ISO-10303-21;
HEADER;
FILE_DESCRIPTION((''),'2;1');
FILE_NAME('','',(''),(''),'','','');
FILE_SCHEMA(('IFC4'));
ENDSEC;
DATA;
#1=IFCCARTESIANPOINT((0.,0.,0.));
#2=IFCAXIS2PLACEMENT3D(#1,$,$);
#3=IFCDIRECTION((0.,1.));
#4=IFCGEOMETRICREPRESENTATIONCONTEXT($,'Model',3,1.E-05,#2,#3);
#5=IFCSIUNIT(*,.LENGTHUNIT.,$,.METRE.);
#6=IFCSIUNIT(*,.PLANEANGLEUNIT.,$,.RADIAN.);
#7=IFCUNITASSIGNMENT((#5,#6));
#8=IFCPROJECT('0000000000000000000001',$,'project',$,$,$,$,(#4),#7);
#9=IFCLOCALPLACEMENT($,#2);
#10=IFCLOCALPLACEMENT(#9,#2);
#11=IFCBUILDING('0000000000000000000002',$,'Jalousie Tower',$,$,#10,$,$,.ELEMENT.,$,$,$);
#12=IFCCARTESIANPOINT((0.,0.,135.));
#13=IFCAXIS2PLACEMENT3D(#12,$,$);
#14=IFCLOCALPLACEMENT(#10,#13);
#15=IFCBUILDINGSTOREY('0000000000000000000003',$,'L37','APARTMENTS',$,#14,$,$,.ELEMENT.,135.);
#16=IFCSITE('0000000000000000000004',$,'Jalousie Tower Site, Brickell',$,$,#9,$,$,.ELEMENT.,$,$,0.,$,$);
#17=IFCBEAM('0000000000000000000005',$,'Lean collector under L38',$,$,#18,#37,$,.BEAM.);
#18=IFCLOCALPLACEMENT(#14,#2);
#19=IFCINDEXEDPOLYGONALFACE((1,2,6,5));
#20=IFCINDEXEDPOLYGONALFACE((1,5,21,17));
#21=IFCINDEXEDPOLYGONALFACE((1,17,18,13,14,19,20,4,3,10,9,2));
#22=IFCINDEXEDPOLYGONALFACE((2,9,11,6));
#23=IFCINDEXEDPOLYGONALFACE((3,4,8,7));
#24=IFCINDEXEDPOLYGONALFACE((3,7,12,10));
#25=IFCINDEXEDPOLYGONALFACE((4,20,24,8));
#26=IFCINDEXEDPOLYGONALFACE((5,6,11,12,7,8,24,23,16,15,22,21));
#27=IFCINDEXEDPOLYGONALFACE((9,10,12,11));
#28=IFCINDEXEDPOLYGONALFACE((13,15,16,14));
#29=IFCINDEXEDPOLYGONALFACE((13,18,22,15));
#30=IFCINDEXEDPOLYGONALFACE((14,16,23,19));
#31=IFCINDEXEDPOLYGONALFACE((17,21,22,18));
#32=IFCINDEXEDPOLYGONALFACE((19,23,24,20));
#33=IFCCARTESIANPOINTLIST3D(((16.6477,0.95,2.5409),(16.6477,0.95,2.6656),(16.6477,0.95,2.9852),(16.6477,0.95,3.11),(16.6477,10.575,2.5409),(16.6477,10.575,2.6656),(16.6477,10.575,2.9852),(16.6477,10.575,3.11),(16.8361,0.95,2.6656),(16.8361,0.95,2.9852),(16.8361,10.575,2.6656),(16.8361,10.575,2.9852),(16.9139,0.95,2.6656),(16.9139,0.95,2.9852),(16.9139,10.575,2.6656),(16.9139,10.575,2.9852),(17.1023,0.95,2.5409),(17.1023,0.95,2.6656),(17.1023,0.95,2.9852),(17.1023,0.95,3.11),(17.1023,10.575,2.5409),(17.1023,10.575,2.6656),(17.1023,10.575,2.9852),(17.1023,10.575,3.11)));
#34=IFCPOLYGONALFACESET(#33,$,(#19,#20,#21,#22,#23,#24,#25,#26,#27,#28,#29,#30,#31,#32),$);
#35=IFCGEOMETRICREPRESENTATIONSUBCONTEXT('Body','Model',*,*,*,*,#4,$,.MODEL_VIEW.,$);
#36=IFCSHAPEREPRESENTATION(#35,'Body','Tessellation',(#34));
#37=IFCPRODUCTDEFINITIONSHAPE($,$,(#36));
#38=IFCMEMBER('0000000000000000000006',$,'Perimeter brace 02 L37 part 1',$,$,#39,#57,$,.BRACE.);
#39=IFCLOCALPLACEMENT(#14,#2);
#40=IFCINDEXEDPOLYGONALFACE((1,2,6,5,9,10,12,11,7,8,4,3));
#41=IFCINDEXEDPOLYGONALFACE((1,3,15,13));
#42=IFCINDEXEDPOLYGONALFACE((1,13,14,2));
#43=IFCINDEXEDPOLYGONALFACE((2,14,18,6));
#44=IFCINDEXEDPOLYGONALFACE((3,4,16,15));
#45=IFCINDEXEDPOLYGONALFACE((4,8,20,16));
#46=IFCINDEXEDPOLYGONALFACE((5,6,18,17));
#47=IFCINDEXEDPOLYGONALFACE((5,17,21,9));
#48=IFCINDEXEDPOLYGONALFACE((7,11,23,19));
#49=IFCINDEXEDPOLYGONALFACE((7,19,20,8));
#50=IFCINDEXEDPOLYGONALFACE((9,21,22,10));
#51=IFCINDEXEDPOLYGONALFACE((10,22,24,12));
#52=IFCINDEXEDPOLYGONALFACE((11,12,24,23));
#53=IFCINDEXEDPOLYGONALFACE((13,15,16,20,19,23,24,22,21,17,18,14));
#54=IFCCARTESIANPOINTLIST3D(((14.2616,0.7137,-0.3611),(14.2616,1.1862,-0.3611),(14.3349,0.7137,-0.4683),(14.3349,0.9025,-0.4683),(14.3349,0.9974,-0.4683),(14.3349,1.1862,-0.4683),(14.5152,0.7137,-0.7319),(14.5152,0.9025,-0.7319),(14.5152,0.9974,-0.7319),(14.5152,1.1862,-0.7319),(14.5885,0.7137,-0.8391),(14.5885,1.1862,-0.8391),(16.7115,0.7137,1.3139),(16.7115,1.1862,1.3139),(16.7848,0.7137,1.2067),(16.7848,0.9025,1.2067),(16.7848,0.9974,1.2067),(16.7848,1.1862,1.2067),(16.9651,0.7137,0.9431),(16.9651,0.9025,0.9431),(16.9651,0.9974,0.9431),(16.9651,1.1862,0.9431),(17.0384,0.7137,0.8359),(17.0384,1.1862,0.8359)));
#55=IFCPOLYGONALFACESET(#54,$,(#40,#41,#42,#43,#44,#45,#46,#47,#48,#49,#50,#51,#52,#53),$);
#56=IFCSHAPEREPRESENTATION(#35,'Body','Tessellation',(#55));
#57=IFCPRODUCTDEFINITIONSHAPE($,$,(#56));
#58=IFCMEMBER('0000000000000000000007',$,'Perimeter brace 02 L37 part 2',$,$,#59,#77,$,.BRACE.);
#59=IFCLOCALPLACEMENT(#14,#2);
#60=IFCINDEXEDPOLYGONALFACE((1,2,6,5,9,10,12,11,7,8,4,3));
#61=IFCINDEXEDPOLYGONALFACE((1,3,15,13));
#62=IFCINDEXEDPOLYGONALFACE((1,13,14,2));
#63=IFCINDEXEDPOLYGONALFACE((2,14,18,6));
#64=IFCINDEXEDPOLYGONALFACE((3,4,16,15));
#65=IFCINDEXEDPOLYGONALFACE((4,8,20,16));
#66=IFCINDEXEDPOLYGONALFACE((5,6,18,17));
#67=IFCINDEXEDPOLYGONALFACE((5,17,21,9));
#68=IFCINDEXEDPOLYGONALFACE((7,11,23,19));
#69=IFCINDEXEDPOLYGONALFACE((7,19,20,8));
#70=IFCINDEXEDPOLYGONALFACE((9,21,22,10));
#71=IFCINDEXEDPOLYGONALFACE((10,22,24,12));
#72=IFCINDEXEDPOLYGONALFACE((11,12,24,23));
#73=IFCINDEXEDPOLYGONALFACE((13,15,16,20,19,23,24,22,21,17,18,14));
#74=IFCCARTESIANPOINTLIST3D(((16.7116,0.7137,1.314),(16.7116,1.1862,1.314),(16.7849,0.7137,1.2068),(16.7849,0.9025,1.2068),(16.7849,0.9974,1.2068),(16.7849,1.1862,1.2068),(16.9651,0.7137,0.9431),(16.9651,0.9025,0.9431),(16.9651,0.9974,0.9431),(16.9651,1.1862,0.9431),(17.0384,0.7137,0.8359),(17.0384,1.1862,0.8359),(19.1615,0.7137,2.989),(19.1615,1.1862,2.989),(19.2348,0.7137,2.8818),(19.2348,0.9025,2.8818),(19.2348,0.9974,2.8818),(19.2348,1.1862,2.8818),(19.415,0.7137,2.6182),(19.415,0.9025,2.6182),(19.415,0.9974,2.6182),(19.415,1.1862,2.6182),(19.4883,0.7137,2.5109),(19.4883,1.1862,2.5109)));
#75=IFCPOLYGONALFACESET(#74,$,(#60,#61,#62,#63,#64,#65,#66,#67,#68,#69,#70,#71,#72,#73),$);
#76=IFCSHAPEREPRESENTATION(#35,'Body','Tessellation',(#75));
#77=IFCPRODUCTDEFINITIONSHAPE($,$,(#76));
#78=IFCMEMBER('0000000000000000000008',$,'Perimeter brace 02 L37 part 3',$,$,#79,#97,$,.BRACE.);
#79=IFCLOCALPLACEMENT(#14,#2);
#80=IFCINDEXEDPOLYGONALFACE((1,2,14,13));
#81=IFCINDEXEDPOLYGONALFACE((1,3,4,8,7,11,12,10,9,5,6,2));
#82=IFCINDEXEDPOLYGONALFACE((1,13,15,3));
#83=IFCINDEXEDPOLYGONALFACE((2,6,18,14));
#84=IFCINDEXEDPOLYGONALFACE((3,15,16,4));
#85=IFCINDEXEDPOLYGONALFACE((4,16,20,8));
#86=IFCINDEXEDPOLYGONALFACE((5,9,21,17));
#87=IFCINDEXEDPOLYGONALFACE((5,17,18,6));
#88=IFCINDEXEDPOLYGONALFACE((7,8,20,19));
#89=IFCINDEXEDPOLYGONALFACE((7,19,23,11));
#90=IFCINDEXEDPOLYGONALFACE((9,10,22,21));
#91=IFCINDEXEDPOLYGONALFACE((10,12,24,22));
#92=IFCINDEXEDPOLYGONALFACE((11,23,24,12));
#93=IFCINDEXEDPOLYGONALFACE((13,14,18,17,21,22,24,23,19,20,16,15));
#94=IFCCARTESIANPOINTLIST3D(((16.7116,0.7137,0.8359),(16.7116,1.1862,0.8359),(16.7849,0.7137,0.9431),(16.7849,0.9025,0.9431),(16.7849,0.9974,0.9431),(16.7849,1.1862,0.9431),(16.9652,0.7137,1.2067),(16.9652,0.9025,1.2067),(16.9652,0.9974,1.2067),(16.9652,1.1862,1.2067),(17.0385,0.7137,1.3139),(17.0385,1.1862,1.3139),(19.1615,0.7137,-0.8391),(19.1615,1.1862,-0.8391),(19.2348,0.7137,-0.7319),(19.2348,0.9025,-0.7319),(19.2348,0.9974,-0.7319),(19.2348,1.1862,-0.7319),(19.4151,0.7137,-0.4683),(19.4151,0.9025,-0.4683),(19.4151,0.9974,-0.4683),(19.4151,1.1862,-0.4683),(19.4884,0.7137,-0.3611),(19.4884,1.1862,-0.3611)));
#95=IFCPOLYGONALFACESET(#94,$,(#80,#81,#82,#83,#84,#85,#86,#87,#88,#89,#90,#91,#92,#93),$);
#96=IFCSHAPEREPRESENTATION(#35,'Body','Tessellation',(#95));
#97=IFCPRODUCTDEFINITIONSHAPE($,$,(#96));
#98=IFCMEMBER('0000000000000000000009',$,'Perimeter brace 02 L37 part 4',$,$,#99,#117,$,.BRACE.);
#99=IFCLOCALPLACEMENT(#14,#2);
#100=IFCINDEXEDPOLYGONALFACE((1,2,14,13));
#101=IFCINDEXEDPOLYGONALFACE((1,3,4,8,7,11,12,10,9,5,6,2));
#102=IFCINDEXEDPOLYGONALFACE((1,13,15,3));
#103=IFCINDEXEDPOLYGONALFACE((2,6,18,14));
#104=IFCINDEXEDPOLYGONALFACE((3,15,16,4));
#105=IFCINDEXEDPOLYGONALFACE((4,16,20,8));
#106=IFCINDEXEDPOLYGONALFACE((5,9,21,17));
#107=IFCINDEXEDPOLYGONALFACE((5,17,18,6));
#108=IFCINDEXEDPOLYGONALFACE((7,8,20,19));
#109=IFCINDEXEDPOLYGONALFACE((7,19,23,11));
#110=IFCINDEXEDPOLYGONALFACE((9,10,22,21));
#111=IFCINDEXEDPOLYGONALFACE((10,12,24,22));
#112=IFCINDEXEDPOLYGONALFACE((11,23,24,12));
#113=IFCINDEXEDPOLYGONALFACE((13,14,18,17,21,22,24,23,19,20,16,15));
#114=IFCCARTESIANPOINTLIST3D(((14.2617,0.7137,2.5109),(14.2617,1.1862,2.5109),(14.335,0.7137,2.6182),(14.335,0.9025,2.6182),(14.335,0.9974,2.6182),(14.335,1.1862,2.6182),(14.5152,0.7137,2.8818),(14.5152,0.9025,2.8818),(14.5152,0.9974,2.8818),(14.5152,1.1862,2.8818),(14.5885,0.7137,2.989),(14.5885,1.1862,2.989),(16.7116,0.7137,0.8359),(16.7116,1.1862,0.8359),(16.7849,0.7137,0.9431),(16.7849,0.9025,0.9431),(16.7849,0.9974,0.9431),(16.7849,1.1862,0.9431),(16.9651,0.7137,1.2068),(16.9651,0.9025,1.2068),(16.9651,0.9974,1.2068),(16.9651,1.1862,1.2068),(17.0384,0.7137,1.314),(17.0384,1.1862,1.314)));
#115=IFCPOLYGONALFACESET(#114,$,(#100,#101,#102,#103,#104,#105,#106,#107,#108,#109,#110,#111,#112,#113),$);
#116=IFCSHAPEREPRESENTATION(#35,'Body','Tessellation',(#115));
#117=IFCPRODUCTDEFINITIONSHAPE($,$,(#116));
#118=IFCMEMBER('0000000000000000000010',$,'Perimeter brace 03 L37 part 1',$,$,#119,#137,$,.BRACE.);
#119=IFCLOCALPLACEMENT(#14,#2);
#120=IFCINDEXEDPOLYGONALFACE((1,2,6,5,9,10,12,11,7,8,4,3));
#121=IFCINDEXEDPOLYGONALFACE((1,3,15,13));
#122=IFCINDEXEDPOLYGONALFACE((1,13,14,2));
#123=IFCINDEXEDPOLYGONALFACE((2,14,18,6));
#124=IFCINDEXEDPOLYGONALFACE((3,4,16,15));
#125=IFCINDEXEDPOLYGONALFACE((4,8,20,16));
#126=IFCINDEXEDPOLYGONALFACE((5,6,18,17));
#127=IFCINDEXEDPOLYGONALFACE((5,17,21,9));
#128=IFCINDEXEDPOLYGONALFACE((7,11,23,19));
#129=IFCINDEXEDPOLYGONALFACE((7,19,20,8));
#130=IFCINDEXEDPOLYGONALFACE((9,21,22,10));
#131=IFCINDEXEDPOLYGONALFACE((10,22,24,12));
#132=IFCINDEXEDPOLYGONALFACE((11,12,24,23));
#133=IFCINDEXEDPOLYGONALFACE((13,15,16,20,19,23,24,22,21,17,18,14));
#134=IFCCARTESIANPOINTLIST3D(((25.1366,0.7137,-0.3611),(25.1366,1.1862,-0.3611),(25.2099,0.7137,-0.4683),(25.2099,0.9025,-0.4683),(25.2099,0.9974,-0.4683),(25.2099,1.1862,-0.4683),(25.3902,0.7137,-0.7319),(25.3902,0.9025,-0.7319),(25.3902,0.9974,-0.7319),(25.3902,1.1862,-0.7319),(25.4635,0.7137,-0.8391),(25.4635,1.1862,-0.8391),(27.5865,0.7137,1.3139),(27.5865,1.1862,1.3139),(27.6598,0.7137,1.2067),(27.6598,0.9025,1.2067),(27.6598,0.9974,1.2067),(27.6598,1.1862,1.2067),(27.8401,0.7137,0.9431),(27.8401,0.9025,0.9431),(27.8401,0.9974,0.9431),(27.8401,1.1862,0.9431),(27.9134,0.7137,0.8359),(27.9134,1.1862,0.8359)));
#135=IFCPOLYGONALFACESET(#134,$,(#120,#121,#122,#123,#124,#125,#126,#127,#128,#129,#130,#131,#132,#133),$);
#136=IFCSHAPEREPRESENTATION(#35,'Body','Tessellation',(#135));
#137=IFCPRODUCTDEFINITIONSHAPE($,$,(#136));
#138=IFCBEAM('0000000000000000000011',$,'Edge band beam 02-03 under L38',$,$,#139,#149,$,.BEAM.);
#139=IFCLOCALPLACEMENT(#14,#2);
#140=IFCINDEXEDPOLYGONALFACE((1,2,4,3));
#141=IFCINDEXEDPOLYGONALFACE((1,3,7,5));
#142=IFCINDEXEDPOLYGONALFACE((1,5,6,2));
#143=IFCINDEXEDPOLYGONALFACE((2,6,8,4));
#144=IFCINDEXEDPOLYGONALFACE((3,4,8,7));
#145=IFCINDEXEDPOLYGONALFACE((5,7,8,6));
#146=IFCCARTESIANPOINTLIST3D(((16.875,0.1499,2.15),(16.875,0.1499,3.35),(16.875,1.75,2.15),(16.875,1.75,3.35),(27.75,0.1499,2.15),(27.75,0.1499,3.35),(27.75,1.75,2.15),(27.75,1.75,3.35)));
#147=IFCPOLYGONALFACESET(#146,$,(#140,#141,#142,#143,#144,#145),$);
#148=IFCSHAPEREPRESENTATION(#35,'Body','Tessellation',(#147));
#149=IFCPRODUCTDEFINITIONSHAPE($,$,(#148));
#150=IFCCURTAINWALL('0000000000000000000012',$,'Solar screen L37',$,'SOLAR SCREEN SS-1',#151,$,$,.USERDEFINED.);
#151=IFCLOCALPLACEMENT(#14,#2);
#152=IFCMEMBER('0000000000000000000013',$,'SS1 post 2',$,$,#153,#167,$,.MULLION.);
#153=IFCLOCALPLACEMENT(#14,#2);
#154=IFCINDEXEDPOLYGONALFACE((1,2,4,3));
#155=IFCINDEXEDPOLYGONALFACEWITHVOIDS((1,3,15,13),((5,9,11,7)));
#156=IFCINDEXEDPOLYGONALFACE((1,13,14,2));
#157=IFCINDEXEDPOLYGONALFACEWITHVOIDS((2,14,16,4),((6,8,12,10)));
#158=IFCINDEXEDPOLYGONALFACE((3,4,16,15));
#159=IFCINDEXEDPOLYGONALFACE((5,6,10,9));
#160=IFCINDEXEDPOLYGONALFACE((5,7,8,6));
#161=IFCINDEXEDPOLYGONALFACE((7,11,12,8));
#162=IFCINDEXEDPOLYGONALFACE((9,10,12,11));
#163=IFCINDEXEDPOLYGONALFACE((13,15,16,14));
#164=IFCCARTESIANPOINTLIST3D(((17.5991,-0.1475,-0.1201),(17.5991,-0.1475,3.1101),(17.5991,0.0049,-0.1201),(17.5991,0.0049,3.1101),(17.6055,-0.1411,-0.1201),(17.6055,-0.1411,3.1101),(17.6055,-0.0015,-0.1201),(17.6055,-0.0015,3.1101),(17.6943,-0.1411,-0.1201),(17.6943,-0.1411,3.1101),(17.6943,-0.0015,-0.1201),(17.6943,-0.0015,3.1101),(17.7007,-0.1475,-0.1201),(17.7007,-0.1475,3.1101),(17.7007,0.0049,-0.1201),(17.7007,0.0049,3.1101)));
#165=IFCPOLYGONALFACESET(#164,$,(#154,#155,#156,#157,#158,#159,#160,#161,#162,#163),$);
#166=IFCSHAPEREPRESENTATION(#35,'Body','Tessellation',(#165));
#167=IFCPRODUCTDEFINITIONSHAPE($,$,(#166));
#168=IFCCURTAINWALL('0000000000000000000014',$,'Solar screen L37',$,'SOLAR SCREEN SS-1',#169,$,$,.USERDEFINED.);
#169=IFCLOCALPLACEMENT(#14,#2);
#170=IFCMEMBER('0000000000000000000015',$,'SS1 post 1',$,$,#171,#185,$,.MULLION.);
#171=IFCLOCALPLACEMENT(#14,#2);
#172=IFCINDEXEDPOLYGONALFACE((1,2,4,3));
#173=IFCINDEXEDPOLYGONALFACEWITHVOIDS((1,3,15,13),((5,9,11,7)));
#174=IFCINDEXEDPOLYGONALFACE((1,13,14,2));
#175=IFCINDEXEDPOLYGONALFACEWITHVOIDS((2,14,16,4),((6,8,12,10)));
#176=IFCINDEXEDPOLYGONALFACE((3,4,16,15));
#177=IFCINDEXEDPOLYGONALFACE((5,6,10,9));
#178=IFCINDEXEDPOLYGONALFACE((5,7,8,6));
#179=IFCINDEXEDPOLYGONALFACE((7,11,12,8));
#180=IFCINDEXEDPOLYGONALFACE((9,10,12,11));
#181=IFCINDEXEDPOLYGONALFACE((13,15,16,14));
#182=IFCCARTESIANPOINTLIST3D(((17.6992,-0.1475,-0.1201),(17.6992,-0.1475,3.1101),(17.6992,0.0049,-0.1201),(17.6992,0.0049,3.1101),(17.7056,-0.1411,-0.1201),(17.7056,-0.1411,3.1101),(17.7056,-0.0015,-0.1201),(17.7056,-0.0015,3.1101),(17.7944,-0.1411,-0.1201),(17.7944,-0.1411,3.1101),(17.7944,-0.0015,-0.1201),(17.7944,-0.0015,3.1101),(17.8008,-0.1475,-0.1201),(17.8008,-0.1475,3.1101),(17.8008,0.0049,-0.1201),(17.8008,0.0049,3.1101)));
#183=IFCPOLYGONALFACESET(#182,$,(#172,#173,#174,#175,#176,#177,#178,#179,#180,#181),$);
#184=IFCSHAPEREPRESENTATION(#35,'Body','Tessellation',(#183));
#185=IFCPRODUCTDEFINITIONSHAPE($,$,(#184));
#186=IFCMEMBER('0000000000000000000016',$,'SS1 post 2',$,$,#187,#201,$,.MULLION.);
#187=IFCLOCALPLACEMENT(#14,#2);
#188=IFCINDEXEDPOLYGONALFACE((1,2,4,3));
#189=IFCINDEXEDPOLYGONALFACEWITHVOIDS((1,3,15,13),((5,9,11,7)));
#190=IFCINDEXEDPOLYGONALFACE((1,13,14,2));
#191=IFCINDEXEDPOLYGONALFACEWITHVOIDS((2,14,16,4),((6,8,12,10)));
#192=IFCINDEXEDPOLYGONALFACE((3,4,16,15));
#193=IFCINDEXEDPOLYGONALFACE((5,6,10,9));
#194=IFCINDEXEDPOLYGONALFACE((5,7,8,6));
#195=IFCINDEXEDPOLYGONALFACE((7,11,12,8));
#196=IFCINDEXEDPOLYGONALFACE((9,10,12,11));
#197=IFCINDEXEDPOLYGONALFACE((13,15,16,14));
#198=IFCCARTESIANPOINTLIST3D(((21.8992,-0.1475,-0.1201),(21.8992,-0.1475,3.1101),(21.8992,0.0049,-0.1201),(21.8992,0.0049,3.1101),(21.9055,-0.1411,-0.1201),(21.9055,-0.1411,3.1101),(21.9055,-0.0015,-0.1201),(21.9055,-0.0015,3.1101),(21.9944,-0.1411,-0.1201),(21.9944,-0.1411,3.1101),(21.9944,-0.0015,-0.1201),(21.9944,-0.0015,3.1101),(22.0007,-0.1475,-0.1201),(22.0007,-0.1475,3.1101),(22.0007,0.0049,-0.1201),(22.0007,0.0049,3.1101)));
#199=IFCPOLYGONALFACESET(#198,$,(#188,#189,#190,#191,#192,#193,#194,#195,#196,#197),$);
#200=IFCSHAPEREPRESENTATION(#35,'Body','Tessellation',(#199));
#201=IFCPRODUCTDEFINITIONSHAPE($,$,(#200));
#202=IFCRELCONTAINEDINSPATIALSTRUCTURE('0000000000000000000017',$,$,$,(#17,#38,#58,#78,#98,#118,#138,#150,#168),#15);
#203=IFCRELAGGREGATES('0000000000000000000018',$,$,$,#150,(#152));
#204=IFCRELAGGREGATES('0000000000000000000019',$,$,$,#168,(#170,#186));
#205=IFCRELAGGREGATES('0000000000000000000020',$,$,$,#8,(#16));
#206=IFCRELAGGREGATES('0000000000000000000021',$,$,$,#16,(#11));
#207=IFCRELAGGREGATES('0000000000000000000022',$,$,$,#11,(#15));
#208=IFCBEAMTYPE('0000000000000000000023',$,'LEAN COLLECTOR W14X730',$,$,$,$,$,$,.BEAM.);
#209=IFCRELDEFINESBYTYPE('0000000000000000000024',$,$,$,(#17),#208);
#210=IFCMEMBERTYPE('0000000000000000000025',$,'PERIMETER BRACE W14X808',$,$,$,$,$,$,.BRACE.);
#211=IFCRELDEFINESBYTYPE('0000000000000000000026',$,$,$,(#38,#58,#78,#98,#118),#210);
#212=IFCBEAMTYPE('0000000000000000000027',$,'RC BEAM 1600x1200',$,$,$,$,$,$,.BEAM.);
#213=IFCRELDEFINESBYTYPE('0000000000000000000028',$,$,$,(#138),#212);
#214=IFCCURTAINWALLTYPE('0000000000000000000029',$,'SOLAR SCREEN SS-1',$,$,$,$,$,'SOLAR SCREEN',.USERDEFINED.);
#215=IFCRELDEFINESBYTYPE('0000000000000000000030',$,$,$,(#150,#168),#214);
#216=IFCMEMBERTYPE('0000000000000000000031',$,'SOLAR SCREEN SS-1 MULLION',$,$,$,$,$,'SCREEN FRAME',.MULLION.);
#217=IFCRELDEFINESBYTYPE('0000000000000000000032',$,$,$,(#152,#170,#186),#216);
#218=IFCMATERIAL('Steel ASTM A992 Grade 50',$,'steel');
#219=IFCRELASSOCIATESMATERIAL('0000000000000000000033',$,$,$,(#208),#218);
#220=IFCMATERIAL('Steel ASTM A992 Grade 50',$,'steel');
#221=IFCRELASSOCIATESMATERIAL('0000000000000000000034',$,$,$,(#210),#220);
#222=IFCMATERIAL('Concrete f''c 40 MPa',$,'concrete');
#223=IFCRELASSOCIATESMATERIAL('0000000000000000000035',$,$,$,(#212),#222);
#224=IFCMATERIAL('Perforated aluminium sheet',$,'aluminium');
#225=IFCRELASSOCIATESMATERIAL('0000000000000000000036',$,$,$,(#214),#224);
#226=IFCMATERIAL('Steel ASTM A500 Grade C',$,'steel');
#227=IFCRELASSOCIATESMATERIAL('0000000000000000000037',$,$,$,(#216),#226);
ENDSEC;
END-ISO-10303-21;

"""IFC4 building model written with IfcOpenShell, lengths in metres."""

from ifc_helpers import new_model, si_unit, direction, frame, origin, origin_2d, place, context, subcontext, project, spatial, rectangle, hollow_rectangle, i_section, extrude, material, material_profile, profile_set, type_object, element, aggregate, save


model = new_model("IFC4")

# Units and contexts
model_context = context("Model", 3, precision=1e-05, world=origin(), true_north=direction((0.0, 1.0)))
body_context = subcontext(model_context, "Body", "Model", "MODEL_VIEW")
ifc_project = project(units=[si_unit("LENGTHUNIT", "METRE"), si_unit("PLANEANGLEUNIT", "RADIAN")], contexts=[model_context])

# Site, building, storey
site_placement = place(None, origin())
site = spatial("IfcSite", under=ifc_project, at=site_placement, Name="Jalousie Tower Site, Brickell", CompositionType="ELEMENT", RefElevation=0.0)
building_placement = place(site_placement, origin())
building = spatial("IfcBuilding", under=site, at=building_placement, Name="Jalousie Tower", CompositionType="ELEMENT")
storey_placement = place(building_placement, frame((0.0, 0.0, 135.0)))
storey = spatial("IfcBuildingStorey", under=building, at=storey_placement, Name="L37", Description="APARTMENTS", CompositionType="ELEMENT", Elevation=135.0)

# Beam
ifc_material_1 = material(Name="Steel ASTM A992 Grade 50", Category="steel")
ifc_material_profile_1 = material_profile(ifc_material_1, i_section(OverallWidth=0.4546, OverallDepth=0.5691, WebThickness=0.0779, FlangeThickness=0.1248, at=origin_2d()), Name="W14X730")
ifc_profile_set_1 = profile_set([ifc_material_profile_1], Name="Steel ASTM A992 Grade 50")
beam_type_1 = type_object("IfcBeamType", Name="LEAN COLLECTOR W14X730", PredefinedType="BEAM", material=ifc_profile_set_1)
beam_1_placement = place(storey_placement, frame((16.875, 0.95, 2.8254), z_axis=(0.0, 1.0, 0.0), x_axis=(-1.0, 0.0, 0.0)))
element("IfcBeam", 1, at=beam_1_placement, inside=storey, type_object=beam_type_1, Name="Lean collector under L38", PredefinedType="BEAM", context=body_context, shape_type="SweptSolid", body=[
    extrude(i_section(OverallWidth=0.4546, OverallDepth=0.5691, WebThickness=0.0779, FlangeThickness=0.1248, at=origin_2d()), origin(), (0.0, 0.0, 1.0), 9.625),
])

# Members
ifc_material_2 = material(Name="Steel ASTM A992 Grade 50", Category="steel")
ifc_material_profile_2 = material_profile(ifc_material_2, i_section(OverallWidth=0.4724, OverallDepth=0.5791, WebThickness=0.095, FlangeThickness=0.1299, at=origin_2d()), Name="W14X808")
ifc_profile_set_2 = profile_set([ifc_material_profile_2], Name="Steel ASTM A992 Grade 50")
member_type_1 = type_object("IfcMemberType", Name="PERIMETER BRACE W14X808", PredefinedType="BRACE", material=ifc_profile_set_2)
for number, where, z_axis, x_axis, name in (
    (2, (14.425, 0.95, -0.6001), (0.825501, 0.0, 0.564401), (0.0, 1.0, 0.0), "Perimeter brace 02 L37 part 1"),
    (3, (16.875, 0.95, 1.075), (0.825501, 0.0, 0.564401), (0.0, 1.0, 0.0), "Perimeter brace 02 L37 part 2"),
    (4, (19.325, 0.95, -0.6001), (-0.825501, 0.0, 0.564401), (0.0, -1.0, 0.0), "Perimeter brace 02 L37 part 3"),
    (5, (16.875, 0.95, 1.075), (-0.825501, 0.0, 0.564401), (0.0, -1.0, 0.0), "Perimeter brace 02 L37 part 4"),
    (6, (25.3, 0.95, -0.6001), (0.825501, 0.0, 0.564401), (0.0, 1.0, 0.0), "Perimeter brace 03 L37 part 1"),
):
    element("IfcMember", number, at=place(storey_placement, frame(where, z_axis=z_axis, x_axis=x_axis)), inside=storey, type_object=member_type_1, Name=name, PredefinedType="BRACE", context=body_context, shape_type="SweptSolid", body=[
        extrude(i_section(OverallWidth=0.4724, OverallDepth=0.5791, WebThickness=0.095, FlangeThickness=0.1299, at=origin_2d()), origin(), (0.0, 0.0, 1.0), 2.9678),
    ])

# Beam
ifc_material_3 = material(Name="Concrete f'c 40 MPa", Category="concrete")
ifc_material_profile_3 = material_profile(ifc_material_3, rectangle(XDim=1.6001, YDim=1.2, at=origin_2d()), Name="RC 1600x1200")
ifc_profile_set_3 = profile_set([ifc_material_profile_3], Name="Concrete f'c 40 MPa")
beam_type_2 = type_object("IfcBeamType", Name="RC BEAM 1600x1200", PredefinedType="BEAM", material=ifc_profile_set_3)
beam_2_placement = place(storey_placement, frame((16.875, 0.95, 2.75), z_axis=(1.0, 0.0, 0.0), x_axis=(0.0, 1.0, 0.0)))
element("IfcBeam", 7, at=beam_2_placement, inside=storey, type_object=beam_type_2, Name="Edge band beam 02-03 under L38", PredefinedType="BEAM", context=body_context, shape_type="SweptSolid", body=[
    extrude(rectangle(XDim=1.6001, YDim=1.2, at=origin_2d()), origin(), (0.0, 0.0, 1.0), 10.875),
])

# Curtain wall, member
ifc_material_4 = material(Name="Perforated aluminium sheet", Category="aluminium")
curtain_wall_type = type_object("IfcCurtainWallType", Name="SOLAR SCREEN SS-1", ElementType="SOLAR SCREEN", PredefinedType="USERDEFINED", material=ifc_material_4)
curtain_wall_1_placement = place(storey_placement, origin())
curtain_wall_1 = element("IfcCurtainWall", 8, at=curtain_wall_1_placement, inside=storey, type_object=curtain_wall_type, Name="Solar screen L37", ObjectType="SOLAR SCREEN SS-1", PredefinedType="USERDEFINED")
ifc_material_5 = material(Name="Steel ASTM A500 Grade C", Category="steel")
ifc_material_profile_4 = material_profile(ifc_material_5, hollow_rectangle(XDim=0.1016, YDim=0.1523, WallThickness=0.0063, at=origin_2d()), Name="HSS6X4X1/4")
ifc_profile_set_4 = profile_set([ifc_material_profile_4], Name="Steel ASTM A500 Grade C")
member_type_2 = type_object("IfcMemberType", Name="SOLAR SCREEN SS-1 MULLION", ElementType="SCREEN FRAME", PredefinedType="MULLION", material=ifc_profile_set_4)
member_1_placement = place(storey_placement, frame((17.6499, -0.0713, -0.1201), z_axis=(0.0, 0.0, 1.0), x_axis=(1.0, 0.0, 0.0)))
member_1 = element("IfcMember", 9, at=member_1_placement, type_object=member_type_2, Name="SS1 post 2", PredefinedType="MULLION", context=body_context, shape_type="SweptSolid", body=[
    extrude(hollow_rectangle(XDim=0.1016, YDim=0.1523, WallThickness=0.0063, at=origin_2d()), origin(), (0.0, 0.0, 1.0), 3.2302),
])

# Curtain wall, members
curtain_wall_2_placement = place(storey_placement, origin())
curtain_wall_2 = element("IfcCurtainWall", 10, at=curtain_wall_2_placement, inside=storey, type_object=curtain_wall_type, Name="Solar screen L37", ObjectType="SOLAR SCREEN SS-1", PredefinedType="USERDEFINED")
member_2_placement = place(storey_placement, frame((17.75, -0.0713, -0.1201), z_axis=(0.0, 0.0, 1.0), x_axis=(1.0, 0.0, 0.0)))
member_2 = element("IfcMember", 11, at=member_2_placement, type_object=member_type_2, Name="SS1 post 1", PredefinedType="MULLION", context=body_context, shape_type="SweptSolid", body=[
    extrude(hollow_rectangle(XDim=0.1016, YDim=0.1523, WallThickness=0.0063, at=origin_2d()), origin(), (0.0, 0.0, 1.0), 3.2302),
])
member_3_placement = place(storey_placement, frame((21.95, -0.0713, -0.1201), z_axis=(0.0, 0.0, 1.0), x_axis=(1.0, 0.0, 0.0)))
member_3 = element("IfcMember", 12, at=member_3_placement, type_object=member_type_2, Name="SS1 post 2", PredefinedType="MULLION", context=body_context, shape_type="SweptSolid", body=[
    extrude(hollow_rectangle(XDim=0.1016, YDim=0.1523, WallThickness=0.0063, at=origin_2d()), origin(), (0.0, 0.0, 1.0), 3.2302),
])

aggregate(curtain_wall_1, [member_1])
aggregate(curtain_wall_2, [member_2, member_3])

save(model, "model.ifc")
